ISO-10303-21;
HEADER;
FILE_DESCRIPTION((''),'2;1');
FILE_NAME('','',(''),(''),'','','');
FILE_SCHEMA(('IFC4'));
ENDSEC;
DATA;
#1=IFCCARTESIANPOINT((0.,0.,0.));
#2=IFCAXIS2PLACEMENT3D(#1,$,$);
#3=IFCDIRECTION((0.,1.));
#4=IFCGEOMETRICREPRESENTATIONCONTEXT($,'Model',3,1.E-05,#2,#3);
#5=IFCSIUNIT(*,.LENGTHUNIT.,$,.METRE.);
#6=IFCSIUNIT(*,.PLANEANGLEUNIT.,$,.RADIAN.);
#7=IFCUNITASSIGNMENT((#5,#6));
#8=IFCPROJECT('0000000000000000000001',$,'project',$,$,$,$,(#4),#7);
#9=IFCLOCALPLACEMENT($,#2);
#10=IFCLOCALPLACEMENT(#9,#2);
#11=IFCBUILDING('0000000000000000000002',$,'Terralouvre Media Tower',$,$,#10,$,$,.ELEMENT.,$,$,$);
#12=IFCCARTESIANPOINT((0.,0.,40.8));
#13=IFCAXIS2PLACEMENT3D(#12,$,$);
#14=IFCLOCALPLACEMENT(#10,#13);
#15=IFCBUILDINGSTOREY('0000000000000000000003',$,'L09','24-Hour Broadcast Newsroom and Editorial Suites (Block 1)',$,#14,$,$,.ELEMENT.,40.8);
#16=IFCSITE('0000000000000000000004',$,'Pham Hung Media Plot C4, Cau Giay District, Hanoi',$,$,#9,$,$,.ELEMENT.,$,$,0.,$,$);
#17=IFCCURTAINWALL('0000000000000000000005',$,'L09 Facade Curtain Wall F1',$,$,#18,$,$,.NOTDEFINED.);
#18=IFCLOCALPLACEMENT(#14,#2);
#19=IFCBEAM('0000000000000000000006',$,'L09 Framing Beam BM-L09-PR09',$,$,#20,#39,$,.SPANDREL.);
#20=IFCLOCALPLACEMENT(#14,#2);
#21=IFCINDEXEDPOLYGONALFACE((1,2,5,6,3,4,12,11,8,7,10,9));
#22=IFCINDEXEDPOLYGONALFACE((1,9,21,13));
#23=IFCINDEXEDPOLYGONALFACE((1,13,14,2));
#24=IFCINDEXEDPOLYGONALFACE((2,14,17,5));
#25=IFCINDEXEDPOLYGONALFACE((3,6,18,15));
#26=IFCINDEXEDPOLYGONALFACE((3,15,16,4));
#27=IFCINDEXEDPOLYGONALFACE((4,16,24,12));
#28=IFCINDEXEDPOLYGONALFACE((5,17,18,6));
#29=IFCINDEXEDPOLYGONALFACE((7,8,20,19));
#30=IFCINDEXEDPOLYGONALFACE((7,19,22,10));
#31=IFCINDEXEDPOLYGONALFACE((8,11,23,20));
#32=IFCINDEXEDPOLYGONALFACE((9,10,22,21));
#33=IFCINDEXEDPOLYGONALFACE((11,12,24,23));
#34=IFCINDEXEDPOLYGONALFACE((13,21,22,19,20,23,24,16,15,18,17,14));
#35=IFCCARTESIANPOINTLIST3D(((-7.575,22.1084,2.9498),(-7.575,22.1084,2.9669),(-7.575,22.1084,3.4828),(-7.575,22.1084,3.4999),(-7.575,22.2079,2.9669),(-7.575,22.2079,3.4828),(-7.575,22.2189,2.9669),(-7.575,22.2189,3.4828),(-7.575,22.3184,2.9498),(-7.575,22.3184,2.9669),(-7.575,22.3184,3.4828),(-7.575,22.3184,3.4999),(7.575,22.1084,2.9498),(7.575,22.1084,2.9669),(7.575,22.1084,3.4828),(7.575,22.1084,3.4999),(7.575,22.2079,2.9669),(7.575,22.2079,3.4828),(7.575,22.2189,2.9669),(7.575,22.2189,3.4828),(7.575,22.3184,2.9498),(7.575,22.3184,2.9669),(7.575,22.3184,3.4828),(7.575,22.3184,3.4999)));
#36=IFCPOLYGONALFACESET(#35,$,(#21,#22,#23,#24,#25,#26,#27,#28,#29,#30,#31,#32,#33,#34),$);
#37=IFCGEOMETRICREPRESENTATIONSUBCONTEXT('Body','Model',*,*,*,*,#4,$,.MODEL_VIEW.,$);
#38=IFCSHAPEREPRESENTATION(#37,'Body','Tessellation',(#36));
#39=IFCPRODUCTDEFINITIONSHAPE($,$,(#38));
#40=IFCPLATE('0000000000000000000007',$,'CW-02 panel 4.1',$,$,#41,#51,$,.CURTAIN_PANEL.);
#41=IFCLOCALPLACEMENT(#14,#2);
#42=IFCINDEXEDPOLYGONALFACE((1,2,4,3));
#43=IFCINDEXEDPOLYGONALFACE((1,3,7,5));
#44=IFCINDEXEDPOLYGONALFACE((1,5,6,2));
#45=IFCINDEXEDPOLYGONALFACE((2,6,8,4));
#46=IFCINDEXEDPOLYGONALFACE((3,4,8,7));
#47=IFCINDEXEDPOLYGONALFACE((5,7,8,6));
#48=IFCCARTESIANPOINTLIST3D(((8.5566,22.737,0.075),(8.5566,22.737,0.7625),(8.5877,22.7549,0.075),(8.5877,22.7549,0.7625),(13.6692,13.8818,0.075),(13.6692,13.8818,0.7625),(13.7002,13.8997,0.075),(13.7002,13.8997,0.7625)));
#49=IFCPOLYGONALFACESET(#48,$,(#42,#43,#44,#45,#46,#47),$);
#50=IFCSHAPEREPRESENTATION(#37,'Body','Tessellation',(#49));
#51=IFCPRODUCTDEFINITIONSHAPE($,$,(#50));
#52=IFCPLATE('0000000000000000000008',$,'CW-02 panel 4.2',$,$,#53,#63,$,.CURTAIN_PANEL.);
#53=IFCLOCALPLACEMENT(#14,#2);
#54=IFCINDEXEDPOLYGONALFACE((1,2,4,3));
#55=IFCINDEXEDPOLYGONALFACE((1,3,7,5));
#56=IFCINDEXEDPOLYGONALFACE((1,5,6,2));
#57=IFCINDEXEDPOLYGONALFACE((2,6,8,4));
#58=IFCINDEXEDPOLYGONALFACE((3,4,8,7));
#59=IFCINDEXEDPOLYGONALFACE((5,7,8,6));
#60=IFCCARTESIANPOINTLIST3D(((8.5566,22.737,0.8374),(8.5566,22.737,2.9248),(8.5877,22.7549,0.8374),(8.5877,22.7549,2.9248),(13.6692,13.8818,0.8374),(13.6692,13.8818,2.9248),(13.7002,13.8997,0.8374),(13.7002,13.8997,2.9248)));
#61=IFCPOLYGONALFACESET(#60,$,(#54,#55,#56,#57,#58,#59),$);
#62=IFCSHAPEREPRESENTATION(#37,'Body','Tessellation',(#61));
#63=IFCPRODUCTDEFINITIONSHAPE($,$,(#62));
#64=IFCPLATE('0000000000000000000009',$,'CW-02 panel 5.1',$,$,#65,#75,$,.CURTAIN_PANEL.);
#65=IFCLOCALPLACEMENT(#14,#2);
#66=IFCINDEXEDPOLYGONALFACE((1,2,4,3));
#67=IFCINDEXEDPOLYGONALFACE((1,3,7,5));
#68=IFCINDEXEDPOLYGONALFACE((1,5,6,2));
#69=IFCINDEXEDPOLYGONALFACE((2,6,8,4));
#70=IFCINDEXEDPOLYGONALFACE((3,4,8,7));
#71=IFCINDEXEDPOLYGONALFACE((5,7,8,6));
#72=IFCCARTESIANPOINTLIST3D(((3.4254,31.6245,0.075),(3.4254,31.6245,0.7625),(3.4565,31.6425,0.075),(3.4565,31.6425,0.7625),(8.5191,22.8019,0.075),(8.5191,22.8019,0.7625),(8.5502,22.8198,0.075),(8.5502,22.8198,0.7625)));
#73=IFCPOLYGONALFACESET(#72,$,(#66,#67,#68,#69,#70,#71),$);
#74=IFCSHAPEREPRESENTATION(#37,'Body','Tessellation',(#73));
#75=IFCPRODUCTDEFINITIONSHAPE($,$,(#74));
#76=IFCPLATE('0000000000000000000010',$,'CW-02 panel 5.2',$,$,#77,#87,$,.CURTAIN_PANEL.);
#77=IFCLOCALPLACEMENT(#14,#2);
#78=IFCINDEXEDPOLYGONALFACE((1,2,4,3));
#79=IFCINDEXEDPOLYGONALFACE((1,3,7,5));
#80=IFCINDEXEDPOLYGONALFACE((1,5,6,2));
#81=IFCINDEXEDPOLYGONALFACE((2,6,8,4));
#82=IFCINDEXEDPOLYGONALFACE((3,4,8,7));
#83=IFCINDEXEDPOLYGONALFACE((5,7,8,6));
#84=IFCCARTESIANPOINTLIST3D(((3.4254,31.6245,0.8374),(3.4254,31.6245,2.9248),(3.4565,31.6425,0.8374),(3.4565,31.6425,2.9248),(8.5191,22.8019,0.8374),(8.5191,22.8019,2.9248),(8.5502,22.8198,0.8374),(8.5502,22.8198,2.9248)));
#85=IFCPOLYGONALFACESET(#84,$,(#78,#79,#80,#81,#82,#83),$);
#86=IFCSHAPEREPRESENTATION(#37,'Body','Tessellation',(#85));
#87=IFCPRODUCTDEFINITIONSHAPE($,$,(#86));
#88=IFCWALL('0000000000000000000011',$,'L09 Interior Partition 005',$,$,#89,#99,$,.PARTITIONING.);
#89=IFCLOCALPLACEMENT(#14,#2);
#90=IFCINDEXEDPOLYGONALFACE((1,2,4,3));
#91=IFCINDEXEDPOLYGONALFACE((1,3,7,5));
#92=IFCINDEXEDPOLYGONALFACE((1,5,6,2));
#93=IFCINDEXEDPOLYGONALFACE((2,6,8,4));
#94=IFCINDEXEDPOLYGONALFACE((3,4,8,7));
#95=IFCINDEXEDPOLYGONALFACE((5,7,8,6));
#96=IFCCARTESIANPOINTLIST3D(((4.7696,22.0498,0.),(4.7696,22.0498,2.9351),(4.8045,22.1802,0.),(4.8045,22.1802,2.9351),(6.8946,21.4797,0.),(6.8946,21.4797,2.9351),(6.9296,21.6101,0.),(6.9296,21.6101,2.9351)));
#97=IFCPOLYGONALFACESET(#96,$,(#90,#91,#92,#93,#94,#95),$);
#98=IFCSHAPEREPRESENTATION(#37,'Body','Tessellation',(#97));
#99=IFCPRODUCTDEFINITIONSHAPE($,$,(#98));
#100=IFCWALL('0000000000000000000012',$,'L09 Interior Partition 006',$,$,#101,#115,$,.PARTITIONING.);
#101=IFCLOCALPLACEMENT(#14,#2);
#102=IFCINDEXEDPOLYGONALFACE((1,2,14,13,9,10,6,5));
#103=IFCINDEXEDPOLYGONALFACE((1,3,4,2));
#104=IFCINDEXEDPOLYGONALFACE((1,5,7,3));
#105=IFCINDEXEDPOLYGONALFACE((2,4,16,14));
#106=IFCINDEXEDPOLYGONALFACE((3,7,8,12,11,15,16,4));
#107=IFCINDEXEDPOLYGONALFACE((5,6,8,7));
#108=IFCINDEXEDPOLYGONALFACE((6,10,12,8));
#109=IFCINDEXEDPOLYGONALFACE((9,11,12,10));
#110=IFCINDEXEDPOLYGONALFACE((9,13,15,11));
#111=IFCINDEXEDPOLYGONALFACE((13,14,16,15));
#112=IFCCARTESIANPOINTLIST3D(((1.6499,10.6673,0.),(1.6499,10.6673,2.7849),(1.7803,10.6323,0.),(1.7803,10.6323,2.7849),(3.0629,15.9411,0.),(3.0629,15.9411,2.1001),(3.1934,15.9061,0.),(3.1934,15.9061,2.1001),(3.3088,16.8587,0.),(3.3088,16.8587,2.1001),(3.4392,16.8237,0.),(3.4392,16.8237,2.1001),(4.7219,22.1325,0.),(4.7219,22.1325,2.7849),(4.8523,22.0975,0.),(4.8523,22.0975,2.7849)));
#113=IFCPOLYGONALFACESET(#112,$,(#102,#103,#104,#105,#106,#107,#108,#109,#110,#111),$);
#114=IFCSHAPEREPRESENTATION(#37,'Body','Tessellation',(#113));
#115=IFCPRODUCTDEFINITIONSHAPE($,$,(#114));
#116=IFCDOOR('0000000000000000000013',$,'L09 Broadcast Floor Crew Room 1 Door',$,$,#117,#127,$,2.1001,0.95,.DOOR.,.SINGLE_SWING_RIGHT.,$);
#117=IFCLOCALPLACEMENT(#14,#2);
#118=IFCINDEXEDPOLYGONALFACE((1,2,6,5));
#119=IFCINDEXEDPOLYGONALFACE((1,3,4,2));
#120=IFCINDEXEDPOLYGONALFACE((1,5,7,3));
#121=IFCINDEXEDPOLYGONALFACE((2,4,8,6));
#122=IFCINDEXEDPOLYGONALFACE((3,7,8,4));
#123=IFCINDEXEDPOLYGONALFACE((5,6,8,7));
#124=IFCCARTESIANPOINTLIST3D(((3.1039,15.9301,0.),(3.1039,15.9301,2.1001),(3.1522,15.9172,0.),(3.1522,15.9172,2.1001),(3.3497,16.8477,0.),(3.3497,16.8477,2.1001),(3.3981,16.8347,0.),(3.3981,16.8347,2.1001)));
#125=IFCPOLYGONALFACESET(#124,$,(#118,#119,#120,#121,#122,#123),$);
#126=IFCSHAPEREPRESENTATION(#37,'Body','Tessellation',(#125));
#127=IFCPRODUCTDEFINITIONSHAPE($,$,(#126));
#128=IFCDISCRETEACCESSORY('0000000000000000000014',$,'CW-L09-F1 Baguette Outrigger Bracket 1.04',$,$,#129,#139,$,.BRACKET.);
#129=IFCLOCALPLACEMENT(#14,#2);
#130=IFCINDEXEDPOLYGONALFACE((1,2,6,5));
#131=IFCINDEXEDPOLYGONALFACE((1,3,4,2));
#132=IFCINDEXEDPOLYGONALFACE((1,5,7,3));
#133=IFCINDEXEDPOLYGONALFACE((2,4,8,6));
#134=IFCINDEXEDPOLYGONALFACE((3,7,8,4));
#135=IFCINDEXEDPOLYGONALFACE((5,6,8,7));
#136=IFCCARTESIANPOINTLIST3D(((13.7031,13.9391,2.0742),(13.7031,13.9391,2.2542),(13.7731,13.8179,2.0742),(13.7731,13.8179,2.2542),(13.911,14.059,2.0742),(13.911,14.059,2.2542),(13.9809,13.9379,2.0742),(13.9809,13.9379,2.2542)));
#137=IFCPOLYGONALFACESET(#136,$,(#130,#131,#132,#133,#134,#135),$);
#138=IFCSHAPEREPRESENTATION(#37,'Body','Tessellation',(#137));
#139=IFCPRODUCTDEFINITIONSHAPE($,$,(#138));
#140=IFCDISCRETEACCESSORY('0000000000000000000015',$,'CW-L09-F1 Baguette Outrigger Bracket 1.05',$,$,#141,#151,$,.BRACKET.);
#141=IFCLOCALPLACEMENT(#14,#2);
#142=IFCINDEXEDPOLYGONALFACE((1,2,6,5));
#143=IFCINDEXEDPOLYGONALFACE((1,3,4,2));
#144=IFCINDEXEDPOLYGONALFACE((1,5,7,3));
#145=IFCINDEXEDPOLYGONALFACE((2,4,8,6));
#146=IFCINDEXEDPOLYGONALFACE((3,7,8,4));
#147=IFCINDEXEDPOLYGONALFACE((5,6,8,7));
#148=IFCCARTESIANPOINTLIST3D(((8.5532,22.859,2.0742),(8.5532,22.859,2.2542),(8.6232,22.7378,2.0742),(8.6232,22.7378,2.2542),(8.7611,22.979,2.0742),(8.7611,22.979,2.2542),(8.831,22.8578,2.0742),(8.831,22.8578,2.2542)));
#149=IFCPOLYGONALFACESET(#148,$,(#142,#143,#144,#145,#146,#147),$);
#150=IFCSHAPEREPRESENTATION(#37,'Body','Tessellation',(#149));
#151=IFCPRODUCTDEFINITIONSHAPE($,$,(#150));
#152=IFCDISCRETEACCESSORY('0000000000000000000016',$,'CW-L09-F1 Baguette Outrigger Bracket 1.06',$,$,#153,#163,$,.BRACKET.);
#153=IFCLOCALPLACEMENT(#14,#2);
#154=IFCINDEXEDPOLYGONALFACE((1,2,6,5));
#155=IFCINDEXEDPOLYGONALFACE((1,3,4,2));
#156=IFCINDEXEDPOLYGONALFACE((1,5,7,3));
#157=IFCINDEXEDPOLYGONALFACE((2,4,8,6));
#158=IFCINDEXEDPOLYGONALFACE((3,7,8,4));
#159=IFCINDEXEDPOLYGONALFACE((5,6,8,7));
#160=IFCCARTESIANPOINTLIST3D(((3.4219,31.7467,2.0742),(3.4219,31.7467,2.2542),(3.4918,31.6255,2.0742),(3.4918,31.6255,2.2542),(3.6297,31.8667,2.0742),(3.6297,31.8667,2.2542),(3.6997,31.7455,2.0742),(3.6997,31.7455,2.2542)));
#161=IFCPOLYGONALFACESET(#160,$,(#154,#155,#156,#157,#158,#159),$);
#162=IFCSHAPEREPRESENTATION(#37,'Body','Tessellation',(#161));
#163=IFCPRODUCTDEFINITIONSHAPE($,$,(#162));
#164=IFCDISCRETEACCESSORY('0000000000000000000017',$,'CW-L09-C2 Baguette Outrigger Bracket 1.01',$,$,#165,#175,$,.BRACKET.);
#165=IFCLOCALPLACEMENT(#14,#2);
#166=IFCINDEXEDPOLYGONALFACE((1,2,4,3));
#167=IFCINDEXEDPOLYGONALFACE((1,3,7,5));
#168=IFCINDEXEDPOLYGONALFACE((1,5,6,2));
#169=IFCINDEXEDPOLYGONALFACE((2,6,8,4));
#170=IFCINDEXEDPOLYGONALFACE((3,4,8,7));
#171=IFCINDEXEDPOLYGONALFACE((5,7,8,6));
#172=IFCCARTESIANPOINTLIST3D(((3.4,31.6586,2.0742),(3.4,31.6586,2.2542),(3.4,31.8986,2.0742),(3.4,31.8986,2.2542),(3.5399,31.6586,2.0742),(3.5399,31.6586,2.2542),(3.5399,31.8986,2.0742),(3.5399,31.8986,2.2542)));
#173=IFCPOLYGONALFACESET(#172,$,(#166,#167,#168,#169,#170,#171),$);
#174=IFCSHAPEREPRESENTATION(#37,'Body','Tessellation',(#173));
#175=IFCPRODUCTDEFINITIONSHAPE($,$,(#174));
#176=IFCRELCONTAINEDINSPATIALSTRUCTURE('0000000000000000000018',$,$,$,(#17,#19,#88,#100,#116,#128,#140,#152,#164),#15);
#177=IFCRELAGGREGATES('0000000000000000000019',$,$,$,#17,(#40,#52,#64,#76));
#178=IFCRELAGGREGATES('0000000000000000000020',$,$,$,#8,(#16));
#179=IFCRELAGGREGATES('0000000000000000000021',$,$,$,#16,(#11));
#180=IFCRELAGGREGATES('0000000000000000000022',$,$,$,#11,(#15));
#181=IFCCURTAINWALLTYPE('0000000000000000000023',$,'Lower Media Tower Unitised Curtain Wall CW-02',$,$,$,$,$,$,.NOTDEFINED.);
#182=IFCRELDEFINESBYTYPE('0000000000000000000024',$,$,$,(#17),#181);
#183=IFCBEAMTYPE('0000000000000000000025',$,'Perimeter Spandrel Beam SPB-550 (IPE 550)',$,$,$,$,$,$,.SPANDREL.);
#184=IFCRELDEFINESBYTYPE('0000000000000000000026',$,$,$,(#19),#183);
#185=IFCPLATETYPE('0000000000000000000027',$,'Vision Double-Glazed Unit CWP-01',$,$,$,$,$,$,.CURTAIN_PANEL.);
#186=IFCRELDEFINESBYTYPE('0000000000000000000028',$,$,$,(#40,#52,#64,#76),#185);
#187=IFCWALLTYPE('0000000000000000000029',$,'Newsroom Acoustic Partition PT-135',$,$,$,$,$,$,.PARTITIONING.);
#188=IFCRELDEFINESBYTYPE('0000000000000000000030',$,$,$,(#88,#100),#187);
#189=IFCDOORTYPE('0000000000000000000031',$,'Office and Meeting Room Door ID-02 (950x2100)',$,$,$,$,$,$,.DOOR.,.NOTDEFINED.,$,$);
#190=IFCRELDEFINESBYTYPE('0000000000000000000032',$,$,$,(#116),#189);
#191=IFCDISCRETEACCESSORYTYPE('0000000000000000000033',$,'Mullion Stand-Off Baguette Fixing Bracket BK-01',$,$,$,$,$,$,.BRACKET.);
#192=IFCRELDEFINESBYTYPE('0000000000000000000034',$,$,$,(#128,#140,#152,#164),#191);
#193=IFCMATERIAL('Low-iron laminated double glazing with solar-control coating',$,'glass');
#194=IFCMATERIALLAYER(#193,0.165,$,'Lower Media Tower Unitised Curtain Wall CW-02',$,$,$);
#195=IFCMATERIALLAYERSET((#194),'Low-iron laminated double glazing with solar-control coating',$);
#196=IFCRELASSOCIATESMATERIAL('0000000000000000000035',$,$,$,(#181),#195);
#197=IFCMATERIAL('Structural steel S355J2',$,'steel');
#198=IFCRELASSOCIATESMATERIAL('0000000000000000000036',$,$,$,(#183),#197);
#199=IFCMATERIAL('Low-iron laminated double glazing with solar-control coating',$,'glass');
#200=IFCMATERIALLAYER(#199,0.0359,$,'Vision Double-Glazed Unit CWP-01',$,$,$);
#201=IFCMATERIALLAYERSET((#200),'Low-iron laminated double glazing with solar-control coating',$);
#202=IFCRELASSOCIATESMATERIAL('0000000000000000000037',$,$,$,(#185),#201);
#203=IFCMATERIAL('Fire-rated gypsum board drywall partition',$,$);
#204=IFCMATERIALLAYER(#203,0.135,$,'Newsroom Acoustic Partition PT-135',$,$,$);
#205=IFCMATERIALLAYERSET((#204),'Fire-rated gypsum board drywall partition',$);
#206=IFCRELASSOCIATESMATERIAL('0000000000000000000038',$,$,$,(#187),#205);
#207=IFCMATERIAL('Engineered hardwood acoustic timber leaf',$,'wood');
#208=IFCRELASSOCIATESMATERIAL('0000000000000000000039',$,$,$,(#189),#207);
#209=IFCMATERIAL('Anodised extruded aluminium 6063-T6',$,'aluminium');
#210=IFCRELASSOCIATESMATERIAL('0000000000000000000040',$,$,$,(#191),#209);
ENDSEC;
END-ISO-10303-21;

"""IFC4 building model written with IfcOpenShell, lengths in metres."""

from ifc_helpers import new_model, si_unit, direction, frame, frame_2d, origin, origin_2d, place, context, subcontext, project, spatial, rectangle, i_section, extrude, material, layer, layer_set, material_profile, profile_set, type_object, element, fill, aggregate, save


model = new_model("IFC4")

# Units and contexts
model_context = context("Model", 3, precision=1e-05, world=origin(), true_north=direction((0.0, 1.0)))
body_context = subcontext(model_context, "Body", "Model", "MODEL_VIEW")
ifc_project = project(units=[si_unit("LENGTHUNIT", "METRE"), si_unit("PLANEANGLEUNIT", "RADIAN")], contexts=[model_context])

# Site, building, storey
site_placement = place(None, origin())
site = spatial("IfcSite", under=ifc_project, at=site_placement, Name="Pham Hung Media Plot C4, Cau Giay District, Hanoi", CompositionType="ELEMENT", RefElevation=0.0)
building_placement = place(site_placement, origin())
building = spatial("IfcBuilding", under=site, at=building_placement, Name="Terralouvre Media Tower", CompositionType="ELEMENT")
storey_placement = place(building_placement, frame((0.0, 0.0, 40.8)))
storey = spatial("IfcBuildingStorey", under=building, at=storey_placement, Name="L09", Description="24-Hour Broadcast Newsroom and Editorial Suites (Block 1)", CompositionType="ELEMENT", Elevation=40.8)

# Curtain wall
ifc_material_1 = material(Name="Low-iron laminated double glazing with solar-control coating", Category="glass")
ifc_layer_1 = layer(ifc_material_1, 0.165, Name="Lower Media Tower Unitised Curtain Wall CW-02")
ifc_layer_set_1 = layer_set([ifc_layer_1], Name="Low-iron laminated double glazing with solar-control coating")
curtain_wall_type_1 = type_object("IfcCurtainWallType", Name="Lower Media Tower Unitised Curtain Wall CW-02", PredefinedType="NOTDEFINED", material=ifc_layer_set_1)
curtain_wall_1_placement = place(storey_placement, origin())
curtain_wall_1 = element("IfcCurtainWall", 1, at=curtain_wall_1_placement, inside=storey, type_object=curtain_wall_type_1, Name="L09 Facade Curtain Wall F1", PredefinedType="NOTDEFINED")

# Beam
ifc_material_2 = material(Name="Structural steel S355J2", Category="steel")
ifc_material_profile_1 = material_profile(ifc_material_2, i_section(OverallWidth=0.21, OverallDepth=0.55, WebThickness=0.011, FlangeThickness=0.0171, at=origin_2d()), Name="IPE 550")
ifc_profile_set_1 = profile_set([ifc_material_profile_1], Name="Structural steel S355J2")
beam_type_1 = type_object("IfcBeamType", Name="Perimeter Spandrel Beam SPB-550 (IPE 550)", PredefinedType="SPANDREL", material=ifc_profile_set_1)
beam_1_placement = place(storey_placement, frame((7.575, 22.2134, 3.2249), z_axis=(-1.0, 0.0, 0.0), x_axis=(0.0, -1.0, 0.0)))
element("IfcBeam", 2, at=beam_1_placement, inside=storey, type_object=beam_type_1, Name="L09 Framing Beam BM-L09-PR09", PredefinedType="SPANDREL", context=body_context, shape_type="SweptSolid", body=[
    extrude(i_section(OverallWidth=0.21, OverallDepth=0.55, WebThickness=0.011, FlangeThickness=0.0171, at=origin_2d()), origin(), (0.0, 0.0, 1.0), 15.1499),
])

# Plates
ifc_material_3 = material(Name="Low-iron laminated double glazing with solar-control coating", Category="glass")
ifc_layer_2 = layer(ifc_material_3, 0.0359, Name="Vision Double-Glazed Unit CWP-01")
ifc_layer_set_2 = layer_set([ifc_layer_2], Name="Low-iron laminated double glazing with solar-control coating")
plate_type = type_object("IfcPlateType", Name="Vision Double-Glazed Unit CWP-01", PredefinedType="CURTAIN_PANEL", material=ifc_layer_set_2)
plate_1_placement = place(storey_placement, frame((11.1284, 18.3184, 0.075), z_axis=(0.0, 0.0, 1.0), x_axis=(-0.5, 0.866025, 0.0)))
plate_1 = element("IfcPlate", 3, at=plate_1_placement, type_object=plate_type, Name="CW-02 panel 4.1", PredefinedType="CURTAIN_PANEL", context=body_context, shape_type="SweptSolid", body=[
    extrude(rectangle(XDim=10.2251, YDim=0.0359, at=origin_2d()), origin(), (0.0, 0.0, 1.0), 0.6875),
])
plate_2_placement = place(storey_placement, frame((11.1284, 18.3184, 0.8374), z_axis=(0.0, 0.0, 1.0), x_axis=(-0.5, 0.866025, 0.0)))
plate_2 = element("IfcPlate", 4, at=plate_2_placement, type_object=plate_type, Name="CW-02 panel 4.2", PredefinedType="CURTAIN_PANEL", context=body_context, shape_type="SweptSolid", body=[
    extrude(rectangle(XDim=10.2251, YDim=0.0359, at=origin_2d()), origin(), (0.0, 0.0, 1.0), 2.0874),
])
plate_3_placement = place(storey_placement, frame((5.9878, 27.2222, 0.075), z_axis=(0.0, 0.0, 1.0), x_axis=(-0.5, 0.866025, 0.0)))
plate_3 = element("IfcPlate", 5, at=plate_3_placement, type_object=plate_type, Name="CW-02 panel 5.1", PredefinedType="CURTAIN_PANEL", context=body_context, shape_type="SweptSolid", body=[
    extrude(rectangle(XDim=10.1875, YDim=0.0359, at=origin_2d()), origin(), (0.0, 0.0, 1.0), 0.6875),
])
plate_4_placement = place(storey_placement, frame((5.9878, 27.2222, 0.8374), z_axis=(0.0, 0.0, 1.0), x_axis=(-0.5, 0.866025, 0.0)))
plate_4 = element("IfcPlate", 6, at=plate_4_placement, type_object=plate_type, Name="CW-02 panel 5.2", PredefinedType="CURTAIN_PANEL", context=body_context, shape_type="SweptSolid", body=[
    extrude(rectangle(XDim=10.1875, YDim=0.0359, at=origin_2d()), origin(), (0.0, 0.0, 1.0), 2.0874),
])
aggregate(curtain_wall_1, [plate_1, plate_2, plate_3, plate_4])

# Wall
ifc_material_4 = material(Name="Fire-rated gypsum board drywall partition")
ifc_layer_3 = layer(ifc_material_4, 0.135, Name="Newsroom Acoustic Partition PT-135")
ifc_layer_set_3 = layer_set([ifc_layer_3], Name="Fire-rated gypsum board drywall partition")
wall_type = type_object("IfcWallType", Name="Newsroom Acoustic Partition PT-135", PredefinedType="PARTITIONING", material=ifc_layer_set_3)
wall_1_placement = place(storey_placement, frame((6.9121, 21.5449, 0.0), z_axis=(0.0, 0.0, 1.0), x_axis=(-0.965849, 0.259106, 0.0)))
element("IfcWall", 7, at=wall_1_placement, inside=storey, type_object=wall_type, Name="L09 Interior Partition 005", PredefinedType="PARTITIONING", context=body_context, shape_type="SweptSolid", body=[
    extrude(rectangle(XDim=2.2002, YDim=0.135, at=frame_2d((1.1001, 0.0))), origin(), (0.0, 0.0, 1.0), 2.9351),
])

# Wall, opening, door
wall_2_placement = place(storey_placement, frame((4.7871, 22.115, 0.0), z_axis=(0.0, 0.0, 1.0), x_axis=(-0.258816, -0.965927, 0.0)))
wall_2 = element("IfcWall", 8, at=wall_2_placement, inside=storey, type_object=wall_type, Name="L09 Interior Partition 006", PredefinedType="PARTITIONING", context=body_context, shape_type="SweptSolid", body=[
    extrude(rectangle(XDim=11.8696, YDim=0.135, at=frame_2d((5.9348, 0.0))), origin(), (0.0, 0.0, 1.0), 2.7849),
])
opening_placement = place(wall_2_placement, frame((5.4597, 0.0, 0.0)))
opening = element("IfcOpeningElement", 9, at=opening_placement, cuts=wall_2, PredefinedType="OPENING", context=body_context, shape_type="SweptSolid", body=[
    extrude(rectangle(XDim=0.95, YDim=2.1001, at=frame_2d((0.4751, 1.05))), frame((0.0, 0.0774, 0.0), z_axis=(0.0, -1.0, 0.0), x_axis=(1.0, 0.0, 0.0)), (0.0, 0.0, 1.0), 0.155),
])
ifc_material_5 = material(Name="Engineered hardwood acoustic timber leaf", Category="wood")
door_type = type_object("IfcDoorType", Name="Office and Meeting Room Door ID-02 (950x2100)", OperationType="NOTDEFINED", PredefinedType="DOOR", material=ifc_material_5)
door_placement = place(opening_placement, origin())
door = element("IfcDoor", 10, at=door_placement, inside=storey, type_object=door_type, Name="L09 Broadcast Floor Crew Room 1 Door", OperationType="SINGLE_SWING_RIGHT", OverallHeight=2.1001, OverallWidth=0.95, PredefinedType="DOOR", context=body_context, shape_type="SweptSolid", body=[
    extrude(rectangle(XDim=0.95, YDim=2.1001, at=frame_2d((0.4751, 1.05))), frame((0.0, 0.0249, 0.0), z_axis=(0.0, -1.0, 0.0), x_axis=(1.0, 0.0, 0.0)), (0.0, 0.0, 1.0), 0.05),
])
fill(opening, door)

# Discrete accessories
ifc_material_6 = material(Name="Anodised extruded aluminium 6063-T6", Category="aluminium")
discrete_accessory_type = type_object("IfcDiscreteAccessoryType", Name="Mullion Stand-Off Baguette Fixing Bracket BK-01", PredefinedType="BRACKET", material=ifc_material_6)
for number, where, z_axis, x_axis, name in (
    (11, (13.842, 13.9385, 2.0742), (0.0, 0.0, 1.0), (-0.5, 0.866025, 0.0), "CW-L09-F1 Baguette Outrigger Bracket 1.04"),
    (12, (8.6921, 22.8584, 2.0742), (0.0, 0.0, 1.0), (-0.5, 0.866025, 0.0), "CW-L09-F1 Baguette Outrigger Bracket 1.05"),
    (13, (3.5608, 31.7461, 2.0742), (0.0, 0.0, 1.0), (-0.5, 0.866025, 0.0), "CW-L09-F1 Baguette Outrigger Bracket 1.06"),
    (14, (3.47, 31.7786, 2.0742), (0.0, 0.0, 1.0), (-1.0, 0.0, 0.0), "CW-L09-C2 Baguette Outrigger Bracket 1.01"),
):
    element("IfcDiscreteAccessory", number, at=place(storey_placement, frame(where, z_axis=z_axis, x_axis=x_axis)), inside=storey, type_object=discrete_accessory_type, Name=name, PredefinedType="BRACKET", context=body_context, shape_type="SweptSolid", body=[
        extrude(rectangle(XDim=0.1399, YDim=0.24, at=origin_2d()), origin(), (0.0, 0.0, 1.0), 0.1799),
    ])

save(model, "model.ifc")
